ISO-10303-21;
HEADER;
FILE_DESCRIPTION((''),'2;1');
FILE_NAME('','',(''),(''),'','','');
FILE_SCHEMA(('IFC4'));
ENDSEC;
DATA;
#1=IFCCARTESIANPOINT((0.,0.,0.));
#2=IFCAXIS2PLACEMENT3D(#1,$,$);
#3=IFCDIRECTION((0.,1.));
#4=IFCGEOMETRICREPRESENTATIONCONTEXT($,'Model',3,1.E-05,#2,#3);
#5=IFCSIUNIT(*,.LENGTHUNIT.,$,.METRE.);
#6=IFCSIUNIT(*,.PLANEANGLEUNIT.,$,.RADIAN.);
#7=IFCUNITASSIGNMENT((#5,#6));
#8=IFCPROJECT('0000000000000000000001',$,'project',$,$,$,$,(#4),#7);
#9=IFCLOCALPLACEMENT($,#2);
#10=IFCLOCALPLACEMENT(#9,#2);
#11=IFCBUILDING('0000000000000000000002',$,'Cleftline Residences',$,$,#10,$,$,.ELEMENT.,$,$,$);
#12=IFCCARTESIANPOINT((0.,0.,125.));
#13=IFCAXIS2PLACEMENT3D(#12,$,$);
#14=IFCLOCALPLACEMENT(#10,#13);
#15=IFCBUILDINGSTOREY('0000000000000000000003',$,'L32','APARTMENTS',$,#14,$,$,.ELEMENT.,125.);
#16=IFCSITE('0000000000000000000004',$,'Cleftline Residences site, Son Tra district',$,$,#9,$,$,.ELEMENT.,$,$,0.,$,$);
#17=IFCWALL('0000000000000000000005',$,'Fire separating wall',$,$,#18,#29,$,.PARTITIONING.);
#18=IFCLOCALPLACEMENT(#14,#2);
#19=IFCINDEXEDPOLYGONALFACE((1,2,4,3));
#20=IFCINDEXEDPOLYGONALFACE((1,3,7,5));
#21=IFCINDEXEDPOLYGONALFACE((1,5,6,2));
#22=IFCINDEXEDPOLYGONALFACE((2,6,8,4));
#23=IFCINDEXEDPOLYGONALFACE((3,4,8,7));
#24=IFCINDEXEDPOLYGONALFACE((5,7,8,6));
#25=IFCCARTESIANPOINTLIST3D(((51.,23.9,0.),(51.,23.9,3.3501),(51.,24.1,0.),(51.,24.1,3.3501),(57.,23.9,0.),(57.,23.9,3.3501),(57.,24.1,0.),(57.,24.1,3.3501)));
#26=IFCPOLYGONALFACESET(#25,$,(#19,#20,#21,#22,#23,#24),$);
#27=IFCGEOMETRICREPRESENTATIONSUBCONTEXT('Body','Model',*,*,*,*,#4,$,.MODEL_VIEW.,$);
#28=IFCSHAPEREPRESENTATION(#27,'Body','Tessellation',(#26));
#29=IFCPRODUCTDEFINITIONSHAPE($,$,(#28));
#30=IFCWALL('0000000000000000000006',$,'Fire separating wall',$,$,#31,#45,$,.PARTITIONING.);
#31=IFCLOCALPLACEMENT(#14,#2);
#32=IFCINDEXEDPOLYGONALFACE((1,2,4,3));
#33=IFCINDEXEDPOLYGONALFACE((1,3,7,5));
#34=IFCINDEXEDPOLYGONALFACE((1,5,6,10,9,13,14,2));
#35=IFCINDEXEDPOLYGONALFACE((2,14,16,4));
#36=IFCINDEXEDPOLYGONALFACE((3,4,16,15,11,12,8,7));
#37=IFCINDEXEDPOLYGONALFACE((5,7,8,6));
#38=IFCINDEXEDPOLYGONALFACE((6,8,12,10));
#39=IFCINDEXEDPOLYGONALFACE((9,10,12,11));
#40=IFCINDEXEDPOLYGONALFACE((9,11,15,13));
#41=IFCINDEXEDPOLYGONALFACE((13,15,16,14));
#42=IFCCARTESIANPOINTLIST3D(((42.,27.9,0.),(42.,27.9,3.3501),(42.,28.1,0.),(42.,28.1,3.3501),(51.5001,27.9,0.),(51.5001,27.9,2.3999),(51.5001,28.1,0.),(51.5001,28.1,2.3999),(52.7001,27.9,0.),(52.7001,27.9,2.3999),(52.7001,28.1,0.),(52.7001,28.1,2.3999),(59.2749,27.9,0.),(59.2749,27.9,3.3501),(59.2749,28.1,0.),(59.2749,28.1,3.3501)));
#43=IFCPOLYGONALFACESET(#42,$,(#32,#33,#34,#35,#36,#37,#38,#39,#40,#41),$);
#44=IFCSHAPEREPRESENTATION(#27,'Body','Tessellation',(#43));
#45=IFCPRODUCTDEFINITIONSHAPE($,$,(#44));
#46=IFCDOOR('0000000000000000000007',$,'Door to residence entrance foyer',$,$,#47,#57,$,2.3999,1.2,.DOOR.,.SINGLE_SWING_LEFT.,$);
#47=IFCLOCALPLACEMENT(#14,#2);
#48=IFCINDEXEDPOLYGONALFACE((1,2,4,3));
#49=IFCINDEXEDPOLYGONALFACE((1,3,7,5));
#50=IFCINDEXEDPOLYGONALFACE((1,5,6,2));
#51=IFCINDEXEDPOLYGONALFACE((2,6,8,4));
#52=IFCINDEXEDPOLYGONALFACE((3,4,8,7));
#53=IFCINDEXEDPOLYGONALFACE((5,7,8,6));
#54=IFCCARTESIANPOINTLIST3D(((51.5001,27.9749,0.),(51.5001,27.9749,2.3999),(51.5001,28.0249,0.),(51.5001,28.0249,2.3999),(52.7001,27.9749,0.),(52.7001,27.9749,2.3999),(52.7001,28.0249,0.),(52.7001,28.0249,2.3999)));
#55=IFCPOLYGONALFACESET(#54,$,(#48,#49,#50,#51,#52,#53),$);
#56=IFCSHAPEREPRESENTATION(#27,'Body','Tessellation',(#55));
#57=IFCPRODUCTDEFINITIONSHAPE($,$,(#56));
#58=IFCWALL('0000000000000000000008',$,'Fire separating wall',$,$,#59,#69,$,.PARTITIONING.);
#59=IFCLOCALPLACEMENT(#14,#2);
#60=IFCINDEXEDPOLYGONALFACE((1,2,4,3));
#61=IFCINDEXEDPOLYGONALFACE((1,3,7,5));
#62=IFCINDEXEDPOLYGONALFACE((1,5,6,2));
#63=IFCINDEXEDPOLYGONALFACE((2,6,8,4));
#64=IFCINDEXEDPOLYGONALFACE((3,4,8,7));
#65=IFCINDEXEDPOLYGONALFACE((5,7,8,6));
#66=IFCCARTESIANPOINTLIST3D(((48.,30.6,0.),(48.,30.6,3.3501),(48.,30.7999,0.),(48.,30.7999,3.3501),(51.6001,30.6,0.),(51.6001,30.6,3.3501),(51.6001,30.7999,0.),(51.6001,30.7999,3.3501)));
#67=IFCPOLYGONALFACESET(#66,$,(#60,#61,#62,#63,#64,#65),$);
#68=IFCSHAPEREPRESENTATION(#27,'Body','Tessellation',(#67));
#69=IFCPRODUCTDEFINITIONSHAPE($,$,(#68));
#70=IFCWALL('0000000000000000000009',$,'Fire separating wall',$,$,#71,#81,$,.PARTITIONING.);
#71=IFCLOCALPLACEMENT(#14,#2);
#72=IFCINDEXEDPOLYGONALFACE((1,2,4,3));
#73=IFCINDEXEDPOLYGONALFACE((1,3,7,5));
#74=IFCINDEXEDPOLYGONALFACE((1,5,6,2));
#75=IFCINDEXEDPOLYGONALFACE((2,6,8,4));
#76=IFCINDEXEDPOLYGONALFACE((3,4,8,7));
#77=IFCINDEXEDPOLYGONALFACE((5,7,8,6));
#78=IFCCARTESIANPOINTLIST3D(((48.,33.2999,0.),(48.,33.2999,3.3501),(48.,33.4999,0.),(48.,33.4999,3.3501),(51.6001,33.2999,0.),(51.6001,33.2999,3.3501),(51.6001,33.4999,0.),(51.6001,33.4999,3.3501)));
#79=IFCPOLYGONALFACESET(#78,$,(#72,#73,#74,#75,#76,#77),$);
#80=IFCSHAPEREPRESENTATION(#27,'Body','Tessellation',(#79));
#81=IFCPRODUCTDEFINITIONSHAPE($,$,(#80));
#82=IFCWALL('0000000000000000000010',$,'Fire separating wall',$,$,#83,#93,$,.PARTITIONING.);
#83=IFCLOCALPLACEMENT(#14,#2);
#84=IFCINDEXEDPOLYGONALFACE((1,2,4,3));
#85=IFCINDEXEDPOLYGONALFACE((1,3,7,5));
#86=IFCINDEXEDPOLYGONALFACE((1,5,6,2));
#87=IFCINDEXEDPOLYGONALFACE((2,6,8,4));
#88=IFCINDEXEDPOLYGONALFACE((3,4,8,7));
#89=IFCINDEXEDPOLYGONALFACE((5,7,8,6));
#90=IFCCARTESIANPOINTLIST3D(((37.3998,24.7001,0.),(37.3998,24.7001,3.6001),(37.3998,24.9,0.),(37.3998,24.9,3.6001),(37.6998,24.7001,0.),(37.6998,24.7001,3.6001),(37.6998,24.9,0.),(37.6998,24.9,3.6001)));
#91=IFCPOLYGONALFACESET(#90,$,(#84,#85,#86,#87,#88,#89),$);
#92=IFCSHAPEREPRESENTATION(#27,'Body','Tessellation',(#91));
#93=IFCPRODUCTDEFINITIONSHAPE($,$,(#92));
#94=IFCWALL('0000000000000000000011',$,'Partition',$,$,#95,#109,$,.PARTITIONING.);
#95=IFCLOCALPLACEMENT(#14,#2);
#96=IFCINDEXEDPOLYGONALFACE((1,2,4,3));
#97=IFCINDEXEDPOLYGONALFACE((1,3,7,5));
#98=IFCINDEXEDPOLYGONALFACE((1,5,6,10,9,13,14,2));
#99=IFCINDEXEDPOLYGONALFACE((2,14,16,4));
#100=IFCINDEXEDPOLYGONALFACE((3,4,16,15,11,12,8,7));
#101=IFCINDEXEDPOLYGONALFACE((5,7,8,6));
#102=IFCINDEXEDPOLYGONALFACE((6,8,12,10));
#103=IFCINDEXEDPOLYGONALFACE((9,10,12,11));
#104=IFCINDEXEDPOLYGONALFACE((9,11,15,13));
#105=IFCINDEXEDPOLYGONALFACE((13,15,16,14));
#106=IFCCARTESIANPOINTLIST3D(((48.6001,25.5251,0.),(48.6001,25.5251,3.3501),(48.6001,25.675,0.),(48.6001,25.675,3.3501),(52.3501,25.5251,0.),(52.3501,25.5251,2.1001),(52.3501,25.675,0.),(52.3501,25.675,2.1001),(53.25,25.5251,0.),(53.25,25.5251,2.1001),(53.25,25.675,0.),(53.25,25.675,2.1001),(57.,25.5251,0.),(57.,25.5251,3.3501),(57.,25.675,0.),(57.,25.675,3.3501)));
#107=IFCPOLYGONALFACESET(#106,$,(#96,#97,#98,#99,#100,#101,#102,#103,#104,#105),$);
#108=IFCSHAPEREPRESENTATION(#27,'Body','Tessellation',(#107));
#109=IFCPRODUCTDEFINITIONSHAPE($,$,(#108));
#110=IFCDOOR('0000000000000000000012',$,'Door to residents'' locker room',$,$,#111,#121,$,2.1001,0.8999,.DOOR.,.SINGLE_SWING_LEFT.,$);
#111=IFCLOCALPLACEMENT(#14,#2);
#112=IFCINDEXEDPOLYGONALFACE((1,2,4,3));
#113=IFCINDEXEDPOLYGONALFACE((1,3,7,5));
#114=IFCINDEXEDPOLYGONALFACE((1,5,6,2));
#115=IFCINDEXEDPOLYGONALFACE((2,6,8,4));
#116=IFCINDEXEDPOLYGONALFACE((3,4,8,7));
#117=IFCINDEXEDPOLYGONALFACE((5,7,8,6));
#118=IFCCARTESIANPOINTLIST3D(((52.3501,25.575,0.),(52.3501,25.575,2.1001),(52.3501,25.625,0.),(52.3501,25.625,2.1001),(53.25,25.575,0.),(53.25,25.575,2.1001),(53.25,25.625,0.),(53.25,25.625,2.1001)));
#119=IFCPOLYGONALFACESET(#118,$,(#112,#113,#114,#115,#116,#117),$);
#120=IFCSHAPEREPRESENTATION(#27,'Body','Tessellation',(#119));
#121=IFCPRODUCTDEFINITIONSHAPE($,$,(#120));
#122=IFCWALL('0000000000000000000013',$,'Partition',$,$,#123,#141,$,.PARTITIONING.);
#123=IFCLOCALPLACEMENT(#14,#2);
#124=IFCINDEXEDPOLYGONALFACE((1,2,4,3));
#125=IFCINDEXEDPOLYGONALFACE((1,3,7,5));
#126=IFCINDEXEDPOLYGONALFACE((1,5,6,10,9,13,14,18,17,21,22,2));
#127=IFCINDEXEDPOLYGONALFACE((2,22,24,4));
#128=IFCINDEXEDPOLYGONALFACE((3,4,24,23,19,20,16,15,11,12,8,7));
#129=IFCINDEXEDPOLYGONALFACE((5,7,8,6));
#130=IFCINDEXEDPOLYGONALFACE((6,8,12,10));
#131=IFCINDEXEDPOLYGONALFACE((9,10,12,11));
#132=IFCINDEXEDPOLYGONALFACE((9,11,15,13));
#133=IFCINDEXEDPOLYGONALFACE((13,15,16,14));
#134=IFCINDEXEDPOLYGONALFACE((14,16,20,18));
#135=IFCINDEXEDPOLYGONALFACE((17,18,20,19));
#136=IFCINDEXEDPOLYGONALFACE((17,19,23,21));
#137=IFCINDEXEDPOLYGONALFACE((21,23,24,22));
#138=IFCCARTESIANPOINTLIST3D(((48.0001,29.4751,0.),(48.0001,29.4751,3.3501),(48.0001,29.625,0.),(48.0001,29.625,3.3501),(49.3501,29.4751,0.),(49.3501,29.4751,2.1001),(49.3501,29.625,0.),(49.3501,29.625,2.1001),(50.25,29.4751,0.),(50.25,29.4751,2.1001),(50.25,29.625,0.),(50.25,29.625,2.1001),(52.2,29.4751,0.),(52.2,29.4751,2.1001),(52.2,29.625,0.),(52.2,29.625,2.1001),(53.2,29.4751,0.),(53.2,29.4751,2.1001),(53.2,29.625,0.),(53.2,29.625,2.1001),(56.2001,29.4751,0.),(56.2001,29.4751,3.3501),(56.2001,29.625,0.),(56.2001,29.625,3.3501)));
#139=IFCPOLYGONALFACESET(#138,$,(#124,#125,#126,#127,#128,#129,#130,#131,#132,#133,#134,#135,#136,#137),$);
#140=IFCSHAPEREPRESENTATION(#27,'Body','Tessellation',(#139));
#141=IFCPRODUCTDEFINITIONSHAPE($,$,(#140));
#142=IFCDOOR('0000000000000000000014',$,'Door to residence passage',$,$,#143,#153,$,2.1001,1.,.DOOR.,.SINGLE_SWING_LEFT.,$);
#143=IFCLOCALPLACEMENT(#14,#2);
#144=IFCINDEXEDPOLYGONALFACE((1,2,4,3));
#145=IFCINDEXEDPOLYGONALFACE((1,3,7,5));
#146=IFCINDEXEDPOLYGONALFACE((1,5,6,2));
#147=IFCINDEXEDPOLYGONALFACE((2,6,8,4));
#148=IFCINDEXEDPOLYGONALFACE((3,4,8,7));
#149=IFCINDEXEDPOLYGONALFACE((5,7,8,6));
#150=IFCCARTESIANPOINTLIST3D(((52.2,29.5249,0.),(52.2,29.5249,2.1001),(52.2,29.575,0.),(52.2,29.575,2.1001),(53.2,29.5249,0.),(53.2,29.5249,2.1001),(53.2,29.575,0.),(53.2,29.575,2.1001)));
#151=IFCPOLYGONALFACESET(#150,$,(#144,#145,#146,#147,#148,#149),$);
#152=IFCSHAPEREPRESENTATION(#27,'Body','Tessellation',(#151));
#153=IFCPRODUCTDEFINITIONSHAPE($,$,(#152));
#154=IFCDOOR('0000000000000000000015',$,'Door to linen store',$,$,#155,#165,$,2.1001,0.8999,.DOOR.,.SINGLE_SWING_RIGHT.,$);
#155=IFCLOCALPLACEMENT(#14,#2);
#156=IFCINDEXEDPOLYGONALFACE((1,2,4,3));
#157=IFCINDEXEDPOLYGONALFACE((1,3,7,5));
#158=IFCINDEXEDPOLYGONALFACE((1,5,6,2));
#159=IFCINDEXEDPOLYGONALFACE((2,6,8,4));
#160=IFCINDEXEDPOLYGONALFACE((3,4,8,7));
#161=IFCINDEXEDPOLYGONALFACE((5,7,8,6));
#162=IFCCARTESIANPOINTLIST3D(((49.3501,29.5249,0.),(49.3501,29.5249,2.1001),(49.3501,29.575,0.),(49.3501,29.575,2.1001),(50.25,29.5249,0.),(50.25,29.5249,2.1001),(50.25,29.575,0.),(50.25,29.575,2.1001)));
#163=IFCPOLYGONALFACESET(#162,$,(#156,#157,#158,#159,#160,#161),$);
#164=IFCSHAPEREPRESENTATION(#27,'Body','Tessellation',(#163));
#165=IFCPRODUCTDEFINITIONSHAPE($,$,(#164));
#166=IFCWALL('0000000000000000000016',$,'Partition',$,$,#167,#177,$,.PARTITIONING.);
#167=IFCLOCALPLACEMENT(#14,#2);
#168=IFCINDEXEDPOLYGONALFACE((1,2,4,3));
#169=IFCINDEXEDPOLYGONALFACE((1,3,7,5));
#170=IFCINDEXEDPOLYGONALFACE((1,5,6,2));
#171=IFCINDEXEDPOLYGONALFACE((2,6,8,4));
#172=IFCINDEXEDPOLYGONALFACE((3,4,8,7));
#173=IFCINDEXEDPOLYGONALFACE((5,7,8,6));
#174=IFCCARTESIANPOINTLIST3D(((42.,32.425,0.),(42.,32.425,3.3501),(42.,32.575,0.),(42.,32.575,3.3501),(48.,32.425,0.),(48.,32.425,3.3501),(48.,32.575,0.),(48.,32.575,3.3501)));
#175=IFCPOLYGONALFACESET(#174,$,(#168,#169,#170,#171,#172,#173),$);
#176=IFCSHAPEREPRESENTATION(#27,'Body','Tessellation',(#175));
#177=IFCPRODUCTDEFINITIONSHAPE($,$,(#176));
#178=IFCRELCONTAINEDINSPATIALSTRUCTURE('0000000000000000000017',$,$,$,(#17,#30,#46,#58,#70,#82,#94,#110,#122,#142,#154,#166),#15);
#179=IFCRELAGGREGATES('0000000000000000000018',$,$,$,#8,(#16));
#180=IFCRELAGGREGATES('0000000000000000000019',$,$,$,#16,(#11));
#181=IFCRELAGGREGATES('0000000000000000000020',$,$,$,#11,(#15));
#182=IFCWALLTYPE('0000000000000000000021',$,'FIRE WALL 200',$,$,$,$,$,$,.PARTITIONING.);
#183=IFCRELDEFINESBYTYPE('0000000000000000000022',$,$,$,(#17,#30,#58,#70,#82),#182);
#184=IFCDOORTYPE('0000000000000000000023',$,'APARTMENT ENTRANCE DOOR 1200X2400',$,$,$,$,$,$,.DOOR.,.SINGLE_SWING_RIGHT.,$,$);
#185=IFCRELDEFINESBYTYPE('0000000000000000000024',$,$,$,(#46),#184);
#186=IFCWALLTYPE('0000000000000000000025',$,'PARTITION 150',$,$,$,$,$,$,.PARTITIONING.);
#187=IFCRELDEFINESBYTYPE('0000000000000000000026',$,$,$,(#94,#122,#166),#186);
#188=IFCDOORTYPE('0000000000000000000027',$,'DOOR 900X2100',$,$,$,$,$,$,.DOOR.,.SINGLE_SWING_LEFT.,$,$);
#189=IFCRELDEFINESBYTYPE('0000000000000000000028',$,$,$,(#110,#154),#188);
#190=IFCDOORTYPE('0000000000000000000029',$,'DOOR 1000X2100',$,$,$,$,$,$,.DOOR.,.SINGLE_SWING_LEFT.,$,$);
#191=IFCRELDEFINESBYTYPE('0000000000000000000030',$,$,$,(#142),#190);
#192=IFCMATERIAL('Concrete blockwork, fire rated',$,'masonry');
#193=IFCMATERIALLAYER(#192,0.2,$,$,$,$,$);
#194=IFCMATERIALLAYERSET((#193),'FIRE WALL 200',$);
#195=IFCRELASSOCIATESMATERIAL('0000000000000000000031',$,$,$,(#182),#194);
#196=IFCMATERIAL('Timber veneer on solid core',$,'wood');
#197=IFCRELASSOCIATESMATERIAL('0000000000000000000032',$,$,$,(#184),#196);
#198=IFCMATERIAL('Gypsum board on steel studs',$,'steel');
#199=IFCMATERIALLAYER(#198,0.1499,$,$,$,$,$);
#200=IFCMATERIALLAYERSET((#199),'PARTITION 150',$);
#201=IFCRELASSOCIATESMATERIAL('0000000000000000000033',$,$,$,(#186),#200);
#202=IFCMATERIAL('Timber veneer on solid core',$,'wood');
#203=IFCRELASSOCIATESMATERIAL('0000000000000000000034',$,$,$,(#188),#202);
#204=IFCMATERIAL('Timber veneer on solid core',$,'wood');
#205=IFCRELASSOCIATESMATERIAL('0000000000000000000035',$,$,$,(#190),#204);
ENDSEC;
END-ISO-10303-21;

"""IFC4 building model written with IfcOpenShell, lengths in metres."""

from ifc_helpers import new_model, si_unit, direction, frame, frame_2d, origin, place, context, subcontext, project, spatial, rectangle, extrude, material, layer, layer_set, type_object, element, fill, save


model = new_model("IFC4")

# Units and contexts
model_context = context("Model", 3, precision=1e-05, world=origin(), true_north=direction((0.0, 1.0)))
body_context = subcontext(model_context, "Body", "Model", "MODEL_VIEW")
ifc_project = project(units=[si_unit("LENGTHUNIT", "METRE"), si_unit("PLANEANGLEUNIT", "RADIAN")], contexts=[model_context])

# Site, building, storey
site_placement = place(None, origin())
site = spatial("IfcSite", under=ifc_project, at=site_placement, Name="Cleftline Residences site, Son Tra district", CompositionType="ELEMENT", RefElevation=0.0)
building_placement = place(site_placement, origin())
building = spatial("IfcBuilding", under=site, at=building_placement, Name="Cleftline Residences", CompositionType="ELEMENT")
storey_placement = place(building_placement, frame((0.0, 0.0, 125.0)))
storey = spatial("IfcBuildingStorey", under=building, at=storey_placement, Name="L32", Description="APARTMENTS", CompositionType="ELEMENT", Elevation=125.0)

# Wall
ifc_material_1 = material(Name="Concrete blockwork, fire rated", Category="masonry")
ifc_layer_1 = layer(ifc_material_1, 0.2)
ifc_layer_set_1 = layer_set([ifc_layer_1], Name="FIRE WALL 200")
wall_type_1 = type_object("IfcWallType", Name="FIRE WALL 200", PredefinedType="PARTITIONING", material=ifc_layer_set_1)
wall_1_placement = place(storey_placement, frame((51.0, 24.0, 0.0), z_axis=(0.0, 0.0, 1.0), x_axis=(1.0, 0.0, 0.0)))
element("IfcWall", 1, at=wall_1_placement, inside=storey, type_object=wall_type_1, Name="Fire separating wall", PredefinedType="PARTITIONING", context=body_context, shape_type="SweptSolid", body=[
    extrude(rectangle(XDim=6.0, YDim=0.2, at=frame_2d((3.0, 0.0))), origin(), (0.0, 0.0, 1.0), 3.3501),
])

# Wall, opening, door
wall_2_placement = place(storey_placement, frame((42.0, 28.0, 0.0), z_axis=(0.0, 0.0, 1.0), x_axis=(1.0, 0.0, 0.0)))
wall_2 = element("IfcWall", 2, at=wall_2_placement, inside=storey, type_object=wall_type_1, Name="Fire separating wall", PredefinedType="PARTITIONING", context=body_context, shape_type="SweptSolid", body=[
    extrude(rectangle(XDim=17.2749, YDim=0.2, at=frame_2d((8.6375, 0.0))), origin(), (0.0, 0.0, 1.0), 3.3501),
])
opening_1_placement = place(wall_2_placement, frame((9.5, 0.0, 0.0)))
opening_1 = element("IfcOpeningElement", 3, at=opening_1_placement, cuts=wall_2, PredefinedType="OPENING", context=body_context, shape_type="SweptSolid", body=[
    extrude(rectangle(XDim=1.2, YDim=2.3999, at=frame_2d((0.6001, 1.2))), frame((0.0, 0.1099, 0.0), z_axis=(0.0, -1.0, 0.0), x_axis=(1.0, 0.0, 0.0)), (0.0, 0.0, 1.0), 0.22),
])
ifc_material_2 = material(Name="Timber veneer on solid core", Category="wood")
door_type_1 = type_object("IfcDoorType", Name="APARTMENT ENTRANCE DOOR 1200X2400", OperationType="SINGLE_SWING_RIGHT", PredefinedType="DOOR", material=ifc_material_2)
door_1_placement = place(opening_1_placement, origin())
door_1 = element("IfcDoor", 4, at=door_1_placement, inside=storey, type_object=door_type_1, Name="Door to residence entrance foyer", OperationType="SINGLE_SWING_LEFT", OverallHeight=2.3999, OverallWidth=1.2, PredefinedType="DOOR", context=body_context, shape_type="SweptSolid", body=[
    extrude(rectangle(XDim=1.2, YDim=2.3999, at=frame_2d((0.6001, 1.2))), frame((0.0, 0.0249, 0.0), z_axis=(0.0, -1.0, 0.0), x_axis=(1.0, 0.0, 0.0)), (0.0, 0.0, 1.0), 0.05),
])
fill(opening_1, door_1)

# Walls
for number, where, z_axis, x_axis, name in (
    (5, (48.0, 30.7, 0.0), (0.0, 0.0, 1.0), (1.0, 0.0, 0.0), "Fire separating wall"),
    (6, (48.0, 33.3999, 0.0), (0.0, 0.0, 1.0), (1.0, 0.0, 0.0), "Fire separating wall"),
):
    element("IfcWall", number, at=place(storey_placement, frame(where, z_axis=z_axis, x_axis=x_axis)), inside=storey, type_object=wall_type_1, Name=name, PredefinedType="PARTITIONING", context=body_context, shape_type="SweptSolid", body=[
        extrude(rectangle(XDim=3.6001, YDim=0.2, at=frame_2d((1.8, 0.0))), origin(), (0.0, 0.0, 1.0), 3.3501),
    ])
wall_3_placement = place(storey_placement, frame((37.3999, 24.8, 0.0), z_axis=(0.0, 0.0, 1.0), x_axis=(1.0, 0.0, 0.0)))
element("IfcWall", 7, at=wall_3_placement, inside=storey, type_object=wall_type_1, Name="Fire separating wall", PredefinedType="PARTITIONING", context=body_context, shape_type="SweptSolid", body=[
    extrude(rectangle(XDim=0.3, YDim=0.2, at=frame_2d((0.1499, 0.0))), origin(), (0.0, 0.0, 1.0), 3.6001),
])

# Wall, opening, door
ifc_material_3 = material(Name="Gypsum board on steel studs", Category="steel")
ifc_layer_2 = layer(ifc_material_3, 0.1499)
ifc_layer_set_2 = layer_set([ifc_layer_2], Name="PARTITION 150")
wall_type_2 = type_object("IfcWallType", Name="PARTITION 150", PredefinedType="PARTITIONING", material=ifc_layer_set_2)
wall_4_placement = place(storey_placement, frame((48.6001, 25.6001, 0.0), z_axis=(0.0, 0.0, 1.0), x_axis=(1.0, 0.0, 0.0)))
wall_4 = element("IfcWall", 8, at=wall_4_placement, inside=storey, type_object=wall_type_2, Name="Partition", PredefinedType="PARTITIONING", context=body_context, shape_type="SweptSolid", body=[
    extrude(rectangle(XDim=8.3999, YDim=0.1499, at=frame_2d((4.2, 0.0))), origin(), (0.0, 0.0, 1.0), 3.3501),
])
opening_2_placement = place(wall_4_placement, frame((3.75, 0.0, 0.0)))
opening_2 = element("IfcOpeningElement", 9, at=opening_2_placement, cuts=wall_4, PredefinedType="OPENING", context=body_context, shape_type="SweptSolid", body=[
    extrude(rectangle(XDim=0.8999, YDim=2.1001, at=frame_2d((0.45, 1.05))), frame((0.0, 0.085, 0.0), z_axis=(0.0, -1.0, 0.0), x_axis=(1.0, 0.0, 0.0)), (0.0, 0.0, 1.0), 0.1699),
])
ifc_material_4 = material(Name="Timber veneer on solid core", Category="wood")
door_type_2 = type_object("IfcDoorType", Name="DOOR 900X2100", OperationType="SINGLE_SWING_LEFT", PredefinedType="DOOR", material=ifc_material_4)
door_2_placement = place(opening_2_placement, origin())
door_2 = element("IfcDoor", 10, at=door_2_placement, inside=storey, type_object=door_type_2, Name="Door to residents' locker room", OperationType="SINGLE_SWING_LEFT", OverallHeight=2.1001, OverallWidth=0.8999, PredefinedType="DOOR", context=body_context, shape_type="SweptSolid", body=[
    extrude(rectangle(XDim=0.8999, YDim=2.1001, at=frame_2d((0.45, 1.05))), frame((0.0, 0.0249, 0.0), z_axis=(0.0, -1.0, 0.0), x_axis=(1.0, 0.0, 0.0)), (0.0, 0.0, 1.0), 0.05),
])
fill(opening_2, door_2)

# Wall, openings, doors
wall_5_placement = place(storey_placement, frame((48.0, 29.55, 0.0), z_axis=(0.0, 0.0, 1.0), x_axis=(1.0, 0.0, 0.0)))
wall_5 = element("IfcWall", 11, at=wall_5_placement, inside=storey, type_object=wall_type_2, Name="Partition", PredefinedType="PARTITIONING", context=body_context, shape_type="SweptSolid", body=[
    extrude(rectangle(XDim=8.2, YDim=0.1499, at=frame_2d((4.1001, 0.0))), origin(), (0.0, 0.0, 1.0), 3.3501),
])
opening_3_placement = place(wall_5_placement, frame((4.2, 0.0, 0.0)))
opening_3 = element("IfcOpeningElement", 12, at=opening_3_placement, cuts=wall_5, PredefinedType="OPENING", context=body_context, shape_type="SweptSolid", body=[
    extrude(rectangle(XDim=1.0, YDim=2.1001, at=frame_2d((0.5, 1.05))), frame((0.0, 0.085, 0.0), z_axis=(0.0, -1.0, 0.0), x_axis=(1.0, 0.0, 0.0)), (0.0, 0.0, 1.0), 0.1699),
])
opening_4_placement = place(wall_5_placement, frame((1.3501, 0.0, 0.0)))
opening_4 = element("IfcOpeningElement", 13, at=opening_4_placement, cuts=wall_5, PredefinedType="OPENING", context=body_context, shape_type="SweptSolid", body=[
    extrude(rectangle(XDim=0.8999, YDim=2.1001, at=frame_2d((0.45, 1.05))), frame((0.0, 0.085, 0.0), z_axis=(0.0, -1.0, 0.0), x_axis=(1.0, 0.0, 0.0)), (0.0, 0.0, 1.0), 0.1699),
])
ifc_material_5 = material(Name="Timber veneer on solid core", Category="wood")
door_type_3 = type_object("IfcDoorType", Name="DOOR 1000X2100", OperationType="SINGLE_SWING_LEFT", PredefinedType="DOOR", material=ifc_material_5)
door_3_placement = place(opening_3_placement, origin())
door_3 = element("IfcDoor", 14, at=door_3_placement, inside=storey, type_object=door_type_3, Name="Door to residence passage", OperationType="SINGLE_SWING_LEFT", OverallHeight=2.1001, OverallWidth=1.0, PredefinedType="DOOR", context=body_context, shape_type="SweptSolid", body=[
    extrude(rectangle(XDim=1.0, YDim=2.1001, at=frame_2d((0.5, 1.05))), frame((0.0, 0.0249, 0.0), z_axis=(0.0, -1.0, 0.0), x_axis=(1.0, 0.0, 0.0)), (0.0, 0.0, 1.0), 0.05),
])
fill(opening_3, door_3)
door_4_placement = place(opening_4_placement, origin())
door_4 = element("IfcDoor", 15, at=door_4_placement, inside=storey, type_object=door_type_2, Name="Door to linen store", OperationType="SINGLE_SWING_RIGHT", OverallHeight=2.1001, OverallWidth=0.8999, PredefinedType="DOOR", context=body_context, shape_type="SweptSolid", body=[
    extrude(rectangle(XDim=0.8999, YDim=2.1001, at=frame_2d((0.45, 1.05))), frame((0.0, 0.0249, 0.0), z_axis=(0.0, -1.0, 0.0), x_axis=(1.0, 0.0, 0.0)), (0.0, 0.0, 1.0), 0.05),
])
fill(opening_4, door_4)

# Wall
wall_6_placement = place(storey_placement, frame((42.0, 32.5, 0.0), z_axis=(0.0, 0.0, 1.0), x_axis=(1.0, 0.0, 0.0)))
element("IfcWall", 16, at=wall_6_placement, inside=storey, type_object=wall_type_2, Name="Partition", PredefinedType="PARTITIONING", context=body_context, shape_type="SweptSolid", body=[
    extrude(rectangle(XDim=6.0, YDim=0.1499, at=frame_2d((3.0, 0.0))), origin(), (0.0, 0.0, 1.0), 3.3501),
])

save(model, "model.ifc")
